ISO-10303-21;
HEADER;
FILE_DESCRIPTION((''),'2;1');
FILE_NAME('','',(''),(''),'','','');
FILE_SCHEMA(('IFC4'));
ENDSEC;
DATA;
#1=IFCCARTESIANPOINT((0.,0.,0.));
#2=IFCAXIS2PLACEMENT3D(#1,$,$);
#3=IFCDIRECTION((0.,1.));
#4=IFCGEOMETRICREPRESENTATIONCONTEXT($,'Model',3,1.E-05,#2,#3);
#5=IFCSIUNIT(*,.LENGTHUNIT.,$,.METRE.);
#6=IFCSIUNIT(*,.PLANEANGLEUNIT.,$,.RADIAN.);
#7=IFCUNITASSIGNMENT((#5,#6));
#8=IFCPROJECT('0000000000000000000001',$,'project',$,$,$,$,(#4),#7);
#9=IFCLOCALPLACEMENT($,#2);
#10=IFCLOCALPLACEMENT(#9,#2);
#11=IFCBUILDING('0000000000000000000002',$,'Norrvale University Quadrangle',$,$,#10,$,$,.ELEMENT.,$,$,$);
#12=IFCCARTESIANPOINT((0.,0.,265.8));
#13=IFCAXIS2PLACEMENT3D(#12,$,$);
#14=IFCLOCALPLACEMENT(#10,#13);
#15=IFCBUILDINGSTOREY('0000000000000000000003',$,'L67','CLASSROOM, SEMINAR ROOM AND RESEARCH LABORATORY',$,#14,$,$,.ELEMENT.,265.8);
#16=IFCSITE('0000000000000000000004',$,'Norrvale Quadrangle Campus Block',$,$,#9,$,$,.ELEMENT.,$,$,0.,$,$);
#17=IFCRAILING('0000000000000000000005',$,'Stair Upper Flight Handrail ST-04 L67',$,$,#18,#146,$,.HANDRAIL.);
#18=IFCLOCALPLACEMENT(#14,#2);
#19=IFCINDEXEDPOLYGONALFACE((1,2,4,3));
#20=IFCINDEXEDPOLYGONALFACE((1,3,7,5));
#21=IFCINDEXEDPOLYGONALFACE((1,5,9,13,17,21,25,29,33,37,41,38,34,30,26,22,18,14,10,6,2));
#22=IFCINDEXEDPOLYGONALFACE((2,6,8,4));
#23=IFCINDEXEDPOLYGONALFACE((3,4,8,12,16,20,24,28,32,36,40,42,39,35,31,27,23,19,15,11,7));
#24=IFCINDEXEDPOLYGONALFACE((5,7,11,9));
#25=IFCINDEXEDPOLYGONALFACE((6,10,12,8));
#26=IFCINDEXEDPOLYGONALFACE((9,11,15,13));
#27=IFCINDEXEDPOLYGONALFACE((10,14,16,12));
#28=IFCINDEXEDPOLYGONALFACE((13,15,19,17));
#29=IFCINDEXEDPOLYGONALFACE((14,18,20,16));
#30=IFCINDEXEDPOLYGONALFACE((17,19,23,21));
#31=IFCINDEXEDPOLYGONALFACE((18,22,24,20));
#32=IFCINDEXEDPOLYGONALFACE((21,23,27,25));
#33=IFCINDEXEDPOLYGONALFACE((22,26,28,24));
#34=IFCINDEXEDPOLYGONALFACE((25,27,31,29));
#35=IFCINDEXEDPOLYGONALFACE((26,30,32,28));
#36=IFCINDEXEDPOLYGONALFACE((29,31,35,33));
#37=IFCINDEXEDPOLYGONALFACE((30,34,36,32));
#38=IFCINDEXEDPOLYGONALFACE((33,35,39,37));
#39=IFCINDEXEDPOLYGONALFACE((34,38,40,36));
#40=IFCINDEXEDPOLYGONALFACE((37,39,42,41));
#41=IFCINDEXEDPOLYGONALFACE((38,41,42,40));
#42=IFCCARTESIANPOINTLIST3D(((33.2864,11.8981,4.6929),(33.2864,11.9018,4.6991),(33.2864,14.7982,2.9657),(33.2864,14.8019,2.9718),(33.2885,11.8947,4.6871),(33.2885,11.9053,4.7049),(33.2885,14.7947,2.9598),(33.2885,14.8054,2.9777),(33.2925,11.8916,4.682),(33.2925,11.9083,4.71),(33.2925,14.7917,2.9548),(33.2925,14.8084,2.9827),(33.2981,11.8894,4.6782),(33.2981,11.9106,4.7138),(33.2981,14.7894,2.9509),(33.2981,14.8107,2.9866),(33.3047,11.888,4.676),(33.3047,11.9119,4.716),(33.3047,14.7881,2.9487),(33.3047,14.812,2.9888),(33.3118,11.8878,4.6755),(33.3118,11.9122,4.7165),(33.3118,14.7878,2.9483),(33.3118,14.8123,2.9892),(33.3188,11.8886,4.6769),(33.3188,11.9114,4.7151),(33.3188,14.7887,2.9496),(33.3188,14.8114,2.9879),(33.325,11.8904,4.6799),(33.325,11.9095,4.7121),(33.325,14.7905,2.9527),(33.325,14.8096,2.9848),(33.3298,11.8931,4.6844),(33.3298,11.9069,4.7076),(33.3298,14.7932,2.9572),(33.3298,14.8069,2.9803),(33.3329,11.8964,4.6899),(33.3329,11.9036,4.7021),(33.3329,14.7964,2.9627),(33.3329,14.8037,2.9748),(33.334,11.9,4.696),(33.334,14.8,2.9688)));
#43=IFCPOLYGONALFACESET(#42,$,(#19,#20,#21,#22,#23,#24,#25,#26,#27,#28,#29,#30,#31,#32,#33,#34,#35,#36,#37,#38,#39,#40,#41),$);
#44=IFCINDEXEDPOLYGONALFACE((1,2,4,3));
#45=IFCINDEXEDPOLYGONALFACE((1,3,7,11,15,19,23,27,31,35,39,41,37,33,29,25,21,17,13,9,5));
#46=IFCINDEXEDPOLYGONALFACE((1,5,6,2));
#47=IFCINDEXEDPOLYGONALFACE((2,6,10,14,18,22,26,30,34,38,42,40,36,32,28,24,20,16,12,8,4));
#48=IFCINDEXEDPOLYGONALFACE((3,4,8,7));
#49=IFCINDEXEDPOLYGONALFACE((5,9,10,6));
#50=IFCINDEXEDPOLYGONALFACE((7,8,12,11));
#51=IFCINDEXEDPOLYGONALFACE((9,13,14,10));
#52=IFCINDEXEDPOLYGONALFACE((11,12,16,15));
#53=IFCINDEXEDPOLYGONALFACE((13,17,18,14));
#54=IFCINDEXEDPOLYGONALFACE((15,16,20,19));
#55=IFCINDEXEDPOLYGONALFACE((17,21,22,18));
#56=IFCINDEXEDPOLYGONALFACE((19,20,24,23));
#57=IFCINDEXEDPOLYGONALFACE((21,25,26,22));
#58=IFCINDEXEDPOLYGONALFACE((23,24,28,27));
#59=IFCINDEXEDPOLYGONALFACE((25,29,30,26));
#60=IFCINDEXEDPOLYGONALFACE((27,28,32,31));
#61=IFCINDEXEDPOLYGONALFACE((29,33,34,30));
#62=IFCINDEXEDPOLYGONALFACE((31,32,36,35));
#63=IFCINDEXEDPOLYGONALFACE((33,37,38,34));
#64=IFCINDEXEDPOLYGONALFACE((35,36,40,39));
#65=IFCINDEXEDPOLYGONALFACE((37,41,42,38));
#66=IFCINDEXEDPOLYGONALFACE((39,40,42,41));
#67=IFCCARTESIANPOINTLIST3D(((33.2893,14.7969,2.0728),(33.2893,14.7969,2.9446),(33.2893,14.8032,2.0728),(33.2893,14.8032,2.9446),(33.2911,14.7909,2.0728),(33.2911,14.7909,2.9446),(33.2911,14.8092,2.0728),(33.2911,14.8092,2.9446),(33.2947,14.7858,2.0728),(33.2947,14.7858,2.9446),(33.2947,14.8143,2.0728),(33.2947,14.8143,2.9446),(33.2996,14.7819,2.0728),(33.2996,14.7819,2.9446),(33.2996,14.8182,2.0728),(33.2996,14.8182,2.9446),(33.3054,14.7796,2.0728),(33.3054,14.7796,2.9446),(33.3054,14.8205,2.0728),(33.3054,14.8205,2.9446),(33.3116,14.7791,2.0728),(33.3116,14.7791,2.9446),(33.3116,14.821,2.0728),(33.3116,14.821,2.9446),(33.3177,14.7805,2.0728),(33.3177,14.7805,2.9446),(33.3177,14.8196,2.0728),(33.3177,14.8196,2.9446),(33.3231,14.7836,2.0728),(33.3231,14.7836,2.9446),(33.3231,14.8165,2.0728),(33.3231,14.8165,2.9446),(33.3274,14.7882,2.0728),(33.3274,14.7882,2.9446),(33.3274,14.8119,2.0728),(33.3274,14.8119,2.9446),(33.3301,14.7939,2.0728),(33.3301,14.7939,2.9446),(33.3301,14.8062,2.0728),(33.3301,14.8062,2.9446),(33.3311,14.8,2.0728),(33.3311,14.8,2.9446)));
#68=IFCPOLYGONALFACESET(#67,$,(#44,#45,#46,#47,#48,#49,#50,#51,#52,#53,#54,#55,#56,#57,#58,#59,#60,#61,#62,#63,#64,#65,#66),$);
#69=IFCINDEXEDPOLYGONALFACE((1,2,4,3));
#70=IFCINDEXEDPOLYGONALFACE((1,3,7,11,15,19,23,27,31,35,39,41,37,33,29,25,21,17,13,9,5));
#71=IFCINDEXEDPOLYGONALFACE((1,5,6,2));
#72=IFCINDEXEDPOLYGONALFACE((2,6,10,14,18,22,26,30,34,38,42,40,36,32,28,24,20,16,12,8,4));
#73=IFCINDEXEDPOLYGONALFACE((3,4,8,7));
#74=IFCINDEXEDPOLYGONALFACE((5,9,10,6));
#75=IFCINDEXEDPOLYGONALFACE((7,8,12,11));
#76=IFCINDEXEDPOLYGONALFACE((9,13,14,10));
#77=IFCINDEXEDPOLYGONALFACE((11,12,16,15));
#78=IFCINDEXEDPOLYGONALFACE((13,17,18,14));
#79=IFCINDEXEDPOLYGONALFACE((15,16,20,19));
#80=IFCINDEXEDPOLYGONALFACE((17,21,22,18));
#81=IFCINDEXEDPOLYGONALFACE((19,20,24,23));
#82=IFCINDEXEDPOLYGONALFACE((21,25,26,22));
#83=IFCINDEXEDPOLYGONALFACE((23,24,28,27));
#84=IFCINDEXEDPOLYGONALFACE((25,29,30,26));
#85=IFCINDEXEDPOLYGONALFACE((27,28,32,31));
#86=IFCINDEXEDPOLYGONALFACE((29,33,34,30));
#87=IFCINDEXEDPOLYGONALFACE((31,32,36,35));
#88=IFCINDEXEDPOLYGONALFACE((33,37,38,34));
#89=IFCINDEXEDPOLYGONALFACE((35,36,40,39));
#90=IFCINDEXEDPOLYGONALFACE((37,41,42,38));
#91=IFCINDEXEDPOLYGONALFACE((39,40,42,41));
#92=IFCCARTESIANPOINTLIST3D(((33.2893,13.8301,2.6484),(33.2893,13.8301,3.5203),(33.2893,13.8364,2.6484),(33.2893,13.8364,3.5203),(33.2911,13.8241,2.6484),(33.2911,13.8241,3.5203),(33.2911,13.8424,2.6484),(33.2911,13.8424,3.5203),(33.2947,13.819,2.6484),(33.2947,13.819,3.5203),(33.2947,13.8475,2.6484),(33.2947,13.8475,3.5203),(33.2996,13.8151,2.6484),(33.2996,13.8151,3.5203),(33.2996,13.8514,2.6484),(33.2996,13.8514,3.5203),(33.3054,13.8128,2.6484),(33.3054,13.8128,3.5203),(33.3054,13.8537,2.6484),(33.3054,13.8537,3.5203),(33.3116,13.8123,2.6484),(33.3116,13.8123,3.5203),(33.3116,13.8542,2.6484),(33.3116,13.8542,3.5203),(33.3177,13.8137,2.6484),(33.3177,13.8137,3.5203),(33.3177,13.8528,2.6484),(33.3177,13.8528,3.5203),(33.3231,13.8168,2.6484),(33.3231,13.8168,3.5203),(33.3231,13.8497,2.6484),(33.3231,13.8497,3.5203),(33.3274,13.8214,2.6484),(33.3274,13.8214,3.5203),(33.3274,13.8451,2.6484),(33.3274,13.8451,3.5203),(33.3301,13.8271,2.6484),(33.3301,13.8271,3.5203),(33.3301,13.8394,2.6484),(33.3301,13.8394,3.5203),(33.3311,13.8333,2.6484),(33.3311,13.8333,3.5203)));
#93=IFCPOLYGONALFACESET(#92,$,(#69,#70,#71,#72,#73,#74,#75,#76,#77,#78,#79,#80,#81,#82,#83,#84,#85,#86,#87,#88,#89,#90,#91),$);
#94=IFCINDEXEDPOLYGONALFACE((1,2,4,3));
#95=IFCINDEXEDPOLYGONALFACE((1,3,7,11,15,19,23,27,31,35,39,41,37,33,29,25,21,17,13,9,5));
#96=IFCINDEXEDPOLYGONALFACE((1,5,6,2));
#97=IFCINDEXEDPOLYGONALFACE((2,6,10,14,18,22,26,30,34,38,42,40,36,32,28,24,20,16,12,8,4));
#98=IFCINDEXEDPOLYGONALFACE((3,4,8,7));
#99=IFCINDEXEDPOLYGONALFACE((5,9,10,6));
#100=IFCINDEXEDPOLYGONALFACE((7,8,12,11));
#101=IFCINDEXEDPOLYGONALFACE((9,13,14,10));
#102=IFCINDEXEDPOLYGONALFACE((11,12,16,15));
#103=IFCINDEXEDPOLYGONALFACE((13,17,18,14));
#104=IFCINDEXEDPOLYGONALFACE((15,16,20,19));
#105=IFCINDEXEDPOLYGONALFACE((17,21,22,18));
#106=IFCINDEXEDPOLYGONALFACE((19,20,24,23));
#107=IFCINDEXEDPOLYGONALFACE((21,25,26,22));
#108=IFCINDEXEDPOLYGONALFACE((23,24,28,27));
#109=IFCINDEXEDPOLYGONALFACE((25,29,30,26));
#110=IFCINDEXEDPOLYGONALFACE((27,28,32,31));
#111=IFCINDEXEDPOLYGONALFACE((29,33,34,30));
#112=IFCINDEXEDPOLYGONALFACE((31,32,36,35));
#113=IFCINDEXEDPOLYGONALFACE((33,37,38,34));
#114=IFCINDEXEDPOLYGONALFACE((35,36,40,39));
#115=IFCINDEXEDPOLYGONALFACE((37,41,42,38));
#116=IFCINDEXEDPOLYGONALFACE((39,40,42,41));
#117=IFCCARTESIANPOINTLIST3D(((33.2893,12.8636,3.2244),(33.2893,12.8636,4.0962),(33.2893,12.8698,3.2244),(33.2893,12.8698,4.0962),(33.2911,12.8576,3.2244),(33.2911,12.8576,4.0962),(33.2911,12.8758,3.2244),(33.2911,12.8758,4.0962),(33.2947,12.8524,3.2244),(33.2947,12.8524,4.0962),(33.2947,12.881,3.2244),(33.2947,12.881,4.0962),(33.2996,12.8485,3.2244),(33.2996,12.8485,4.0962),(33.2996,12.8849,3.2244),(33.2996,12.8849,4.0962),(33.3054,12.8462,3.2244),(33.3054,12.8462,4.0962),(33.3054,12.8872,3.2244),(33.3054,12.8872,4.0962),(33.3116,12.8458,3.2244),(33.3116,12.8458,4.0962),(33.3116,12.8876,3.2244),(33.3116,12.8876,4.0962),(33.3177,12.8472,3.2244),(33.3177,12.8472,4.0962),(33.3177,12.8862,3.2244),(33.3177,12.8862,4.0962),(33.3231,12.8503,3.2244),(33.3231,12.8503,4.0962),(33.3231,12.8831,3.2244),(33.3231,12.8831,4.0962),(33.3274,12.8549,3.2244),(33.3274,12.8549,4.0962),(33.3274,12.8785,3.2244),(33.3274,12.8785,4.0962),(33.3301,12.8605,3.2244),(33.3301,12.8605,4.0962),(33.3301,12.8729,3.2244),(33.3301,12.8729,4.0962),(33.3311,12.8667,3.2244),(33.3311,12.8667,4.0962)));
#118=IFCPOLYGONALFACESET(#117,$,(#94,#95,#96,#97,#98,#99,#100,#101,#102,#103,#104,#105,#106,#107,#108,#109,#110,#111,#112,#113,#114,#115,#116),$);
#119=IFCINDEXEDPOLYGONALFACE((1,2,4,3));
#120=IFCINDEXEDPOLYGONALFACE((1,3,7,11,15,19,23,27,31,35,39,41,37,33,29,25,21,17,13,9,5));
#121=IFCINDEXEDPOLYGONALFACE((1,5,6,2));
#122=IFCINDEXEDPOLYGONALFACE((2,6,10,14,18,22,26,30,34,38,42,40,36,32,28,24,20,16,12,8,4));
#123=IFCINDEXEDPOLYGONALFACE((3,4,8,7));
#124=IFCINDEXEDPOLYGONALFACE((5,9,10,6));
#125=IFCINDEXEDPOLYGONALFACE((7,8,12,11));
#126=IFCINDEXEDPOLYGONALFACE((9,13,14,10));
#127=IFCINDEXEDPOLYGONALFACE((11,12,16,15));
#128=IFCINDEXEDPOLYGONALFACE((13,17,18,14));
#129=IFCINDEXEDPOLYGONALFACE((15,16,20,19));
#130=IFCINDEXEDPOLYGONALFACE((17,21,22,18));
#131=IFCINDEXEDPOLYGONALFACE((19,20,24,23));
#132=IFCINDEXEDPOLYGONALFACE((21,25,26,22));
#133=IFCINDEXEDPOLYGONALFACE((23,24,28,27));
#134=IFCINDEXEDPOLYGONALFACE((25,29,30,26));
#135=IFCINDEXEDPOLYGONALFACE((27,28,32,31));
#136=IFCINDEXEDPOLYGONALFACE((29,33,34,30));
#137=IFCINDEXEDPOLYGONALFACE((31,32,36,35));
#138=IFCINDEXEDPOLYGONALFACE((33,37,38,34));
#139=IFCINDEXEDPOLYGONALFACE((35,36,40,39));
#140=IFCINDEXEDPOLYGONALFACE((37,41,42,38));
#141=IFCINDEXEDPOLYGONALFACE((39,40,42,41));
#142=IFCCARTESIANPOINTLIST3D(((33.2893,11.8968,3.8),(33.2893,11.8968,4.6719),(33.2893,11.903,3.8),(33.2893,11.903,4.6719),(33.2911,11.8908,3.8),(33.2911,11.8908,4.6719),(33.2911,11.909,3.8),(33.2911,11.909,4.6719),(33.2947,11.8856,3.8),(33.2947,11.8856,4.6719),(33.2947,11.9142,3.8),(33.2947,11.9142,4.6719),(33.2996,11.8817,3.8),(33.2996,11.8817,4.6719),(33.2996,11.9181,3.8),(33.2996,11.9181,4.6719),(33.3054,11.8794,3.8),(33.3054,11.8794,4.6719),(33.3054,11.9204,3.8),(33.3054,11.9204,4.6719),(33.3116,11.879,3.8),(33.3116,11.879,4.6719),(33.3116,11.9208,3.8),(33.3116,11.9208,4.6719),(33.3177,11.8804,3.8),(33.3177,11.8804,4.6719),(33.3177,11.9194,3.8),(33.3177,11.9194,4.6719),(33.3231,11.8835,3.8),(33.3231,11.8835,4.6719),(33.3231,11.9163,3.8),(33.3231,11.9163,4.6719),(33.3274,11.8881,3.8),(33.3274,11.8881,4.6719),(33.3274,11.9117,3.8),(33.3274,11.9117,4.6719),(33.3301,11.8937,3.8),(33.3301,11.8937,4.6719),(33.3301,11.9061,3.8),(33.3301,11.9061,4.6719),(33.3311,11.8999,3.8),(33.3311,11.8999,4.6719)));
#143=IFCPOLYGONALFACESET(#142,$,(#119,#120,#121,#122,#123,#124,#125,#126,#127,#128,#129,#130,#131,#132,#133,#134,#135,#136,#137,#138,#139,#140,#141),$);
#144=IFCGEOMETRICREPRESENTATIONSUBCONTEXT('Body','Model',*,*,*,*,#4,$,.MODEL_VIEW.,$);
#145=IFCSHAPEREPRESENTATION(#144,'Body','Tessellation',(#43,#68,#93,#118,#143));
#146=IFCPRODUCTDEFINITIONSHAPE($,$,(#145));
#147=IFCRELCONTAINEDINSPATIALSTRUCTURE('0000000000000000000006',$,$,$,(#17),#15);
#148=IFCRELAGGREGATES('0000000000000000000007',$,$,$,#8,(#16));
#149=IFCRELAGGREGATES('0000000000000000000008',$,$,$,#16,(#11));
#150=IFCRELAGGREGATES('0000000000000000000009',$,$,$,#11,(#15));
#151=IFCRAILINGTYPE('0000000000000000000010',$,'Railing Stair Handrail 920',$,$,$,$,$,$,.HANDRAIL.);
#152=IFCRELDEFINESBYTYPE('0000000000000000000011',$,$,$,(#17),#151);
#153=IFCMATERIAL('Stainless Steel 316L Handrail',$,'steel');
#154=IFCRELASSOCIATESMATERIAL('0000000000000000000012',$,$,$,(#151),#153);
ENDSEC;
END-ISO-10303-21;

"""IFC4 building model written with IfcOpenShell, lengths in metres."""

from ifc_helpers import new_model, si_unit, direction, frame, origin, origin_2d, place, context, subcontext, project, spatial, circle, extrude, material, type_object, element, save


model = new_model("IFC4")

# Units and contexts
model_context = context("Model", 3, precision=1e-05, world=origin(), true_north=direction((0.0, 1.0)))
body_context = subcontext(model_context, "Body", "Model", "MODEL_VIEW")
ifc_project = project(units=[si_unit("LENGTHUNIT", "METRE"), si_unit("PLANEANGLEUNIT", "RADIAN")], contexts=[model_context])

# Site, building, storey
site_placement = place(None, origin())
site = spatial("IfcSite", under=ifc_project, at=site_placement, Name="Norrvale Quadrangle Campus Block", CompositionType="ELEMENT", RefElevation=0.0)
building_placement = place(site_placement, origin())
building = spatial("IfcBuilding", under=site, at=building_placement, Name="Norrvale University Quadrangle", CompositionType="ELEMENT")
storey_placement = place(building_placement, frame((0.0, 0.0, 265.8)))
storey = spatial("IfcBuildingStorey", under=building, at=storey_placement, Name="L67", Description="CLASSROOM, SEMINAR ROOM AND RESEARCH LABORATORY", CompositionType="ELEMENT", Elevation=265.8)

# Railing
ifc_material_1 = material(Name="Stainless Steel 316L Handrail", Category="steel")
railing_type_1 = type_object("IfcRailingType", Name="Railing Stair Handrail 920", PredefinedType="HANDRAIL", material=ifc_material_1)
railing_1_placement = place(storey_placement, frame((33.3101, 14.8, 2.0728)))
element("IfcRailing", 1, at=railing_1_placement, inside=storey, type_object=railing_type_1, Name="Stair Upper Flight Handrail ST-04 L67", PredefinedType="HANDRAIL", context=body_context, shape_type="SweptSolid", body=[
    extrude(circle(Radius=0.0239, at=origin_2d()), frame((0.0, 0.0, 0.896), z_axis=(0.0, -0.85916, 0.511706), x_axis=(1.0, 0.0, 0.0)), (0.0, 0.0, 1.0), 3.3755),
    extrude(circle(Radius=0.021, at=origin_2d()), origin(), (0.0, 0.0, 1.0), 0.8718),
    extrude(circle(Radius=0.021, at=origin_2d()), frame((0.0, -0.9668, 0.5757)), (0.0, 0.0, 1.0), 0.8718),
    extrude(circle(Radius=0.021, at=origin_2d()), frame((0.0, -1.9333, 1.1516)), (0.0, 0.0, 1.0), 0.8718),
    extrude(circle(Radius=0.021, at=origin_2d()), frame((0.0, -2.9001, 1.7273)), (0.0, 0.0, 1.0), 0.8718),
])

save(model, "model.ifc")
